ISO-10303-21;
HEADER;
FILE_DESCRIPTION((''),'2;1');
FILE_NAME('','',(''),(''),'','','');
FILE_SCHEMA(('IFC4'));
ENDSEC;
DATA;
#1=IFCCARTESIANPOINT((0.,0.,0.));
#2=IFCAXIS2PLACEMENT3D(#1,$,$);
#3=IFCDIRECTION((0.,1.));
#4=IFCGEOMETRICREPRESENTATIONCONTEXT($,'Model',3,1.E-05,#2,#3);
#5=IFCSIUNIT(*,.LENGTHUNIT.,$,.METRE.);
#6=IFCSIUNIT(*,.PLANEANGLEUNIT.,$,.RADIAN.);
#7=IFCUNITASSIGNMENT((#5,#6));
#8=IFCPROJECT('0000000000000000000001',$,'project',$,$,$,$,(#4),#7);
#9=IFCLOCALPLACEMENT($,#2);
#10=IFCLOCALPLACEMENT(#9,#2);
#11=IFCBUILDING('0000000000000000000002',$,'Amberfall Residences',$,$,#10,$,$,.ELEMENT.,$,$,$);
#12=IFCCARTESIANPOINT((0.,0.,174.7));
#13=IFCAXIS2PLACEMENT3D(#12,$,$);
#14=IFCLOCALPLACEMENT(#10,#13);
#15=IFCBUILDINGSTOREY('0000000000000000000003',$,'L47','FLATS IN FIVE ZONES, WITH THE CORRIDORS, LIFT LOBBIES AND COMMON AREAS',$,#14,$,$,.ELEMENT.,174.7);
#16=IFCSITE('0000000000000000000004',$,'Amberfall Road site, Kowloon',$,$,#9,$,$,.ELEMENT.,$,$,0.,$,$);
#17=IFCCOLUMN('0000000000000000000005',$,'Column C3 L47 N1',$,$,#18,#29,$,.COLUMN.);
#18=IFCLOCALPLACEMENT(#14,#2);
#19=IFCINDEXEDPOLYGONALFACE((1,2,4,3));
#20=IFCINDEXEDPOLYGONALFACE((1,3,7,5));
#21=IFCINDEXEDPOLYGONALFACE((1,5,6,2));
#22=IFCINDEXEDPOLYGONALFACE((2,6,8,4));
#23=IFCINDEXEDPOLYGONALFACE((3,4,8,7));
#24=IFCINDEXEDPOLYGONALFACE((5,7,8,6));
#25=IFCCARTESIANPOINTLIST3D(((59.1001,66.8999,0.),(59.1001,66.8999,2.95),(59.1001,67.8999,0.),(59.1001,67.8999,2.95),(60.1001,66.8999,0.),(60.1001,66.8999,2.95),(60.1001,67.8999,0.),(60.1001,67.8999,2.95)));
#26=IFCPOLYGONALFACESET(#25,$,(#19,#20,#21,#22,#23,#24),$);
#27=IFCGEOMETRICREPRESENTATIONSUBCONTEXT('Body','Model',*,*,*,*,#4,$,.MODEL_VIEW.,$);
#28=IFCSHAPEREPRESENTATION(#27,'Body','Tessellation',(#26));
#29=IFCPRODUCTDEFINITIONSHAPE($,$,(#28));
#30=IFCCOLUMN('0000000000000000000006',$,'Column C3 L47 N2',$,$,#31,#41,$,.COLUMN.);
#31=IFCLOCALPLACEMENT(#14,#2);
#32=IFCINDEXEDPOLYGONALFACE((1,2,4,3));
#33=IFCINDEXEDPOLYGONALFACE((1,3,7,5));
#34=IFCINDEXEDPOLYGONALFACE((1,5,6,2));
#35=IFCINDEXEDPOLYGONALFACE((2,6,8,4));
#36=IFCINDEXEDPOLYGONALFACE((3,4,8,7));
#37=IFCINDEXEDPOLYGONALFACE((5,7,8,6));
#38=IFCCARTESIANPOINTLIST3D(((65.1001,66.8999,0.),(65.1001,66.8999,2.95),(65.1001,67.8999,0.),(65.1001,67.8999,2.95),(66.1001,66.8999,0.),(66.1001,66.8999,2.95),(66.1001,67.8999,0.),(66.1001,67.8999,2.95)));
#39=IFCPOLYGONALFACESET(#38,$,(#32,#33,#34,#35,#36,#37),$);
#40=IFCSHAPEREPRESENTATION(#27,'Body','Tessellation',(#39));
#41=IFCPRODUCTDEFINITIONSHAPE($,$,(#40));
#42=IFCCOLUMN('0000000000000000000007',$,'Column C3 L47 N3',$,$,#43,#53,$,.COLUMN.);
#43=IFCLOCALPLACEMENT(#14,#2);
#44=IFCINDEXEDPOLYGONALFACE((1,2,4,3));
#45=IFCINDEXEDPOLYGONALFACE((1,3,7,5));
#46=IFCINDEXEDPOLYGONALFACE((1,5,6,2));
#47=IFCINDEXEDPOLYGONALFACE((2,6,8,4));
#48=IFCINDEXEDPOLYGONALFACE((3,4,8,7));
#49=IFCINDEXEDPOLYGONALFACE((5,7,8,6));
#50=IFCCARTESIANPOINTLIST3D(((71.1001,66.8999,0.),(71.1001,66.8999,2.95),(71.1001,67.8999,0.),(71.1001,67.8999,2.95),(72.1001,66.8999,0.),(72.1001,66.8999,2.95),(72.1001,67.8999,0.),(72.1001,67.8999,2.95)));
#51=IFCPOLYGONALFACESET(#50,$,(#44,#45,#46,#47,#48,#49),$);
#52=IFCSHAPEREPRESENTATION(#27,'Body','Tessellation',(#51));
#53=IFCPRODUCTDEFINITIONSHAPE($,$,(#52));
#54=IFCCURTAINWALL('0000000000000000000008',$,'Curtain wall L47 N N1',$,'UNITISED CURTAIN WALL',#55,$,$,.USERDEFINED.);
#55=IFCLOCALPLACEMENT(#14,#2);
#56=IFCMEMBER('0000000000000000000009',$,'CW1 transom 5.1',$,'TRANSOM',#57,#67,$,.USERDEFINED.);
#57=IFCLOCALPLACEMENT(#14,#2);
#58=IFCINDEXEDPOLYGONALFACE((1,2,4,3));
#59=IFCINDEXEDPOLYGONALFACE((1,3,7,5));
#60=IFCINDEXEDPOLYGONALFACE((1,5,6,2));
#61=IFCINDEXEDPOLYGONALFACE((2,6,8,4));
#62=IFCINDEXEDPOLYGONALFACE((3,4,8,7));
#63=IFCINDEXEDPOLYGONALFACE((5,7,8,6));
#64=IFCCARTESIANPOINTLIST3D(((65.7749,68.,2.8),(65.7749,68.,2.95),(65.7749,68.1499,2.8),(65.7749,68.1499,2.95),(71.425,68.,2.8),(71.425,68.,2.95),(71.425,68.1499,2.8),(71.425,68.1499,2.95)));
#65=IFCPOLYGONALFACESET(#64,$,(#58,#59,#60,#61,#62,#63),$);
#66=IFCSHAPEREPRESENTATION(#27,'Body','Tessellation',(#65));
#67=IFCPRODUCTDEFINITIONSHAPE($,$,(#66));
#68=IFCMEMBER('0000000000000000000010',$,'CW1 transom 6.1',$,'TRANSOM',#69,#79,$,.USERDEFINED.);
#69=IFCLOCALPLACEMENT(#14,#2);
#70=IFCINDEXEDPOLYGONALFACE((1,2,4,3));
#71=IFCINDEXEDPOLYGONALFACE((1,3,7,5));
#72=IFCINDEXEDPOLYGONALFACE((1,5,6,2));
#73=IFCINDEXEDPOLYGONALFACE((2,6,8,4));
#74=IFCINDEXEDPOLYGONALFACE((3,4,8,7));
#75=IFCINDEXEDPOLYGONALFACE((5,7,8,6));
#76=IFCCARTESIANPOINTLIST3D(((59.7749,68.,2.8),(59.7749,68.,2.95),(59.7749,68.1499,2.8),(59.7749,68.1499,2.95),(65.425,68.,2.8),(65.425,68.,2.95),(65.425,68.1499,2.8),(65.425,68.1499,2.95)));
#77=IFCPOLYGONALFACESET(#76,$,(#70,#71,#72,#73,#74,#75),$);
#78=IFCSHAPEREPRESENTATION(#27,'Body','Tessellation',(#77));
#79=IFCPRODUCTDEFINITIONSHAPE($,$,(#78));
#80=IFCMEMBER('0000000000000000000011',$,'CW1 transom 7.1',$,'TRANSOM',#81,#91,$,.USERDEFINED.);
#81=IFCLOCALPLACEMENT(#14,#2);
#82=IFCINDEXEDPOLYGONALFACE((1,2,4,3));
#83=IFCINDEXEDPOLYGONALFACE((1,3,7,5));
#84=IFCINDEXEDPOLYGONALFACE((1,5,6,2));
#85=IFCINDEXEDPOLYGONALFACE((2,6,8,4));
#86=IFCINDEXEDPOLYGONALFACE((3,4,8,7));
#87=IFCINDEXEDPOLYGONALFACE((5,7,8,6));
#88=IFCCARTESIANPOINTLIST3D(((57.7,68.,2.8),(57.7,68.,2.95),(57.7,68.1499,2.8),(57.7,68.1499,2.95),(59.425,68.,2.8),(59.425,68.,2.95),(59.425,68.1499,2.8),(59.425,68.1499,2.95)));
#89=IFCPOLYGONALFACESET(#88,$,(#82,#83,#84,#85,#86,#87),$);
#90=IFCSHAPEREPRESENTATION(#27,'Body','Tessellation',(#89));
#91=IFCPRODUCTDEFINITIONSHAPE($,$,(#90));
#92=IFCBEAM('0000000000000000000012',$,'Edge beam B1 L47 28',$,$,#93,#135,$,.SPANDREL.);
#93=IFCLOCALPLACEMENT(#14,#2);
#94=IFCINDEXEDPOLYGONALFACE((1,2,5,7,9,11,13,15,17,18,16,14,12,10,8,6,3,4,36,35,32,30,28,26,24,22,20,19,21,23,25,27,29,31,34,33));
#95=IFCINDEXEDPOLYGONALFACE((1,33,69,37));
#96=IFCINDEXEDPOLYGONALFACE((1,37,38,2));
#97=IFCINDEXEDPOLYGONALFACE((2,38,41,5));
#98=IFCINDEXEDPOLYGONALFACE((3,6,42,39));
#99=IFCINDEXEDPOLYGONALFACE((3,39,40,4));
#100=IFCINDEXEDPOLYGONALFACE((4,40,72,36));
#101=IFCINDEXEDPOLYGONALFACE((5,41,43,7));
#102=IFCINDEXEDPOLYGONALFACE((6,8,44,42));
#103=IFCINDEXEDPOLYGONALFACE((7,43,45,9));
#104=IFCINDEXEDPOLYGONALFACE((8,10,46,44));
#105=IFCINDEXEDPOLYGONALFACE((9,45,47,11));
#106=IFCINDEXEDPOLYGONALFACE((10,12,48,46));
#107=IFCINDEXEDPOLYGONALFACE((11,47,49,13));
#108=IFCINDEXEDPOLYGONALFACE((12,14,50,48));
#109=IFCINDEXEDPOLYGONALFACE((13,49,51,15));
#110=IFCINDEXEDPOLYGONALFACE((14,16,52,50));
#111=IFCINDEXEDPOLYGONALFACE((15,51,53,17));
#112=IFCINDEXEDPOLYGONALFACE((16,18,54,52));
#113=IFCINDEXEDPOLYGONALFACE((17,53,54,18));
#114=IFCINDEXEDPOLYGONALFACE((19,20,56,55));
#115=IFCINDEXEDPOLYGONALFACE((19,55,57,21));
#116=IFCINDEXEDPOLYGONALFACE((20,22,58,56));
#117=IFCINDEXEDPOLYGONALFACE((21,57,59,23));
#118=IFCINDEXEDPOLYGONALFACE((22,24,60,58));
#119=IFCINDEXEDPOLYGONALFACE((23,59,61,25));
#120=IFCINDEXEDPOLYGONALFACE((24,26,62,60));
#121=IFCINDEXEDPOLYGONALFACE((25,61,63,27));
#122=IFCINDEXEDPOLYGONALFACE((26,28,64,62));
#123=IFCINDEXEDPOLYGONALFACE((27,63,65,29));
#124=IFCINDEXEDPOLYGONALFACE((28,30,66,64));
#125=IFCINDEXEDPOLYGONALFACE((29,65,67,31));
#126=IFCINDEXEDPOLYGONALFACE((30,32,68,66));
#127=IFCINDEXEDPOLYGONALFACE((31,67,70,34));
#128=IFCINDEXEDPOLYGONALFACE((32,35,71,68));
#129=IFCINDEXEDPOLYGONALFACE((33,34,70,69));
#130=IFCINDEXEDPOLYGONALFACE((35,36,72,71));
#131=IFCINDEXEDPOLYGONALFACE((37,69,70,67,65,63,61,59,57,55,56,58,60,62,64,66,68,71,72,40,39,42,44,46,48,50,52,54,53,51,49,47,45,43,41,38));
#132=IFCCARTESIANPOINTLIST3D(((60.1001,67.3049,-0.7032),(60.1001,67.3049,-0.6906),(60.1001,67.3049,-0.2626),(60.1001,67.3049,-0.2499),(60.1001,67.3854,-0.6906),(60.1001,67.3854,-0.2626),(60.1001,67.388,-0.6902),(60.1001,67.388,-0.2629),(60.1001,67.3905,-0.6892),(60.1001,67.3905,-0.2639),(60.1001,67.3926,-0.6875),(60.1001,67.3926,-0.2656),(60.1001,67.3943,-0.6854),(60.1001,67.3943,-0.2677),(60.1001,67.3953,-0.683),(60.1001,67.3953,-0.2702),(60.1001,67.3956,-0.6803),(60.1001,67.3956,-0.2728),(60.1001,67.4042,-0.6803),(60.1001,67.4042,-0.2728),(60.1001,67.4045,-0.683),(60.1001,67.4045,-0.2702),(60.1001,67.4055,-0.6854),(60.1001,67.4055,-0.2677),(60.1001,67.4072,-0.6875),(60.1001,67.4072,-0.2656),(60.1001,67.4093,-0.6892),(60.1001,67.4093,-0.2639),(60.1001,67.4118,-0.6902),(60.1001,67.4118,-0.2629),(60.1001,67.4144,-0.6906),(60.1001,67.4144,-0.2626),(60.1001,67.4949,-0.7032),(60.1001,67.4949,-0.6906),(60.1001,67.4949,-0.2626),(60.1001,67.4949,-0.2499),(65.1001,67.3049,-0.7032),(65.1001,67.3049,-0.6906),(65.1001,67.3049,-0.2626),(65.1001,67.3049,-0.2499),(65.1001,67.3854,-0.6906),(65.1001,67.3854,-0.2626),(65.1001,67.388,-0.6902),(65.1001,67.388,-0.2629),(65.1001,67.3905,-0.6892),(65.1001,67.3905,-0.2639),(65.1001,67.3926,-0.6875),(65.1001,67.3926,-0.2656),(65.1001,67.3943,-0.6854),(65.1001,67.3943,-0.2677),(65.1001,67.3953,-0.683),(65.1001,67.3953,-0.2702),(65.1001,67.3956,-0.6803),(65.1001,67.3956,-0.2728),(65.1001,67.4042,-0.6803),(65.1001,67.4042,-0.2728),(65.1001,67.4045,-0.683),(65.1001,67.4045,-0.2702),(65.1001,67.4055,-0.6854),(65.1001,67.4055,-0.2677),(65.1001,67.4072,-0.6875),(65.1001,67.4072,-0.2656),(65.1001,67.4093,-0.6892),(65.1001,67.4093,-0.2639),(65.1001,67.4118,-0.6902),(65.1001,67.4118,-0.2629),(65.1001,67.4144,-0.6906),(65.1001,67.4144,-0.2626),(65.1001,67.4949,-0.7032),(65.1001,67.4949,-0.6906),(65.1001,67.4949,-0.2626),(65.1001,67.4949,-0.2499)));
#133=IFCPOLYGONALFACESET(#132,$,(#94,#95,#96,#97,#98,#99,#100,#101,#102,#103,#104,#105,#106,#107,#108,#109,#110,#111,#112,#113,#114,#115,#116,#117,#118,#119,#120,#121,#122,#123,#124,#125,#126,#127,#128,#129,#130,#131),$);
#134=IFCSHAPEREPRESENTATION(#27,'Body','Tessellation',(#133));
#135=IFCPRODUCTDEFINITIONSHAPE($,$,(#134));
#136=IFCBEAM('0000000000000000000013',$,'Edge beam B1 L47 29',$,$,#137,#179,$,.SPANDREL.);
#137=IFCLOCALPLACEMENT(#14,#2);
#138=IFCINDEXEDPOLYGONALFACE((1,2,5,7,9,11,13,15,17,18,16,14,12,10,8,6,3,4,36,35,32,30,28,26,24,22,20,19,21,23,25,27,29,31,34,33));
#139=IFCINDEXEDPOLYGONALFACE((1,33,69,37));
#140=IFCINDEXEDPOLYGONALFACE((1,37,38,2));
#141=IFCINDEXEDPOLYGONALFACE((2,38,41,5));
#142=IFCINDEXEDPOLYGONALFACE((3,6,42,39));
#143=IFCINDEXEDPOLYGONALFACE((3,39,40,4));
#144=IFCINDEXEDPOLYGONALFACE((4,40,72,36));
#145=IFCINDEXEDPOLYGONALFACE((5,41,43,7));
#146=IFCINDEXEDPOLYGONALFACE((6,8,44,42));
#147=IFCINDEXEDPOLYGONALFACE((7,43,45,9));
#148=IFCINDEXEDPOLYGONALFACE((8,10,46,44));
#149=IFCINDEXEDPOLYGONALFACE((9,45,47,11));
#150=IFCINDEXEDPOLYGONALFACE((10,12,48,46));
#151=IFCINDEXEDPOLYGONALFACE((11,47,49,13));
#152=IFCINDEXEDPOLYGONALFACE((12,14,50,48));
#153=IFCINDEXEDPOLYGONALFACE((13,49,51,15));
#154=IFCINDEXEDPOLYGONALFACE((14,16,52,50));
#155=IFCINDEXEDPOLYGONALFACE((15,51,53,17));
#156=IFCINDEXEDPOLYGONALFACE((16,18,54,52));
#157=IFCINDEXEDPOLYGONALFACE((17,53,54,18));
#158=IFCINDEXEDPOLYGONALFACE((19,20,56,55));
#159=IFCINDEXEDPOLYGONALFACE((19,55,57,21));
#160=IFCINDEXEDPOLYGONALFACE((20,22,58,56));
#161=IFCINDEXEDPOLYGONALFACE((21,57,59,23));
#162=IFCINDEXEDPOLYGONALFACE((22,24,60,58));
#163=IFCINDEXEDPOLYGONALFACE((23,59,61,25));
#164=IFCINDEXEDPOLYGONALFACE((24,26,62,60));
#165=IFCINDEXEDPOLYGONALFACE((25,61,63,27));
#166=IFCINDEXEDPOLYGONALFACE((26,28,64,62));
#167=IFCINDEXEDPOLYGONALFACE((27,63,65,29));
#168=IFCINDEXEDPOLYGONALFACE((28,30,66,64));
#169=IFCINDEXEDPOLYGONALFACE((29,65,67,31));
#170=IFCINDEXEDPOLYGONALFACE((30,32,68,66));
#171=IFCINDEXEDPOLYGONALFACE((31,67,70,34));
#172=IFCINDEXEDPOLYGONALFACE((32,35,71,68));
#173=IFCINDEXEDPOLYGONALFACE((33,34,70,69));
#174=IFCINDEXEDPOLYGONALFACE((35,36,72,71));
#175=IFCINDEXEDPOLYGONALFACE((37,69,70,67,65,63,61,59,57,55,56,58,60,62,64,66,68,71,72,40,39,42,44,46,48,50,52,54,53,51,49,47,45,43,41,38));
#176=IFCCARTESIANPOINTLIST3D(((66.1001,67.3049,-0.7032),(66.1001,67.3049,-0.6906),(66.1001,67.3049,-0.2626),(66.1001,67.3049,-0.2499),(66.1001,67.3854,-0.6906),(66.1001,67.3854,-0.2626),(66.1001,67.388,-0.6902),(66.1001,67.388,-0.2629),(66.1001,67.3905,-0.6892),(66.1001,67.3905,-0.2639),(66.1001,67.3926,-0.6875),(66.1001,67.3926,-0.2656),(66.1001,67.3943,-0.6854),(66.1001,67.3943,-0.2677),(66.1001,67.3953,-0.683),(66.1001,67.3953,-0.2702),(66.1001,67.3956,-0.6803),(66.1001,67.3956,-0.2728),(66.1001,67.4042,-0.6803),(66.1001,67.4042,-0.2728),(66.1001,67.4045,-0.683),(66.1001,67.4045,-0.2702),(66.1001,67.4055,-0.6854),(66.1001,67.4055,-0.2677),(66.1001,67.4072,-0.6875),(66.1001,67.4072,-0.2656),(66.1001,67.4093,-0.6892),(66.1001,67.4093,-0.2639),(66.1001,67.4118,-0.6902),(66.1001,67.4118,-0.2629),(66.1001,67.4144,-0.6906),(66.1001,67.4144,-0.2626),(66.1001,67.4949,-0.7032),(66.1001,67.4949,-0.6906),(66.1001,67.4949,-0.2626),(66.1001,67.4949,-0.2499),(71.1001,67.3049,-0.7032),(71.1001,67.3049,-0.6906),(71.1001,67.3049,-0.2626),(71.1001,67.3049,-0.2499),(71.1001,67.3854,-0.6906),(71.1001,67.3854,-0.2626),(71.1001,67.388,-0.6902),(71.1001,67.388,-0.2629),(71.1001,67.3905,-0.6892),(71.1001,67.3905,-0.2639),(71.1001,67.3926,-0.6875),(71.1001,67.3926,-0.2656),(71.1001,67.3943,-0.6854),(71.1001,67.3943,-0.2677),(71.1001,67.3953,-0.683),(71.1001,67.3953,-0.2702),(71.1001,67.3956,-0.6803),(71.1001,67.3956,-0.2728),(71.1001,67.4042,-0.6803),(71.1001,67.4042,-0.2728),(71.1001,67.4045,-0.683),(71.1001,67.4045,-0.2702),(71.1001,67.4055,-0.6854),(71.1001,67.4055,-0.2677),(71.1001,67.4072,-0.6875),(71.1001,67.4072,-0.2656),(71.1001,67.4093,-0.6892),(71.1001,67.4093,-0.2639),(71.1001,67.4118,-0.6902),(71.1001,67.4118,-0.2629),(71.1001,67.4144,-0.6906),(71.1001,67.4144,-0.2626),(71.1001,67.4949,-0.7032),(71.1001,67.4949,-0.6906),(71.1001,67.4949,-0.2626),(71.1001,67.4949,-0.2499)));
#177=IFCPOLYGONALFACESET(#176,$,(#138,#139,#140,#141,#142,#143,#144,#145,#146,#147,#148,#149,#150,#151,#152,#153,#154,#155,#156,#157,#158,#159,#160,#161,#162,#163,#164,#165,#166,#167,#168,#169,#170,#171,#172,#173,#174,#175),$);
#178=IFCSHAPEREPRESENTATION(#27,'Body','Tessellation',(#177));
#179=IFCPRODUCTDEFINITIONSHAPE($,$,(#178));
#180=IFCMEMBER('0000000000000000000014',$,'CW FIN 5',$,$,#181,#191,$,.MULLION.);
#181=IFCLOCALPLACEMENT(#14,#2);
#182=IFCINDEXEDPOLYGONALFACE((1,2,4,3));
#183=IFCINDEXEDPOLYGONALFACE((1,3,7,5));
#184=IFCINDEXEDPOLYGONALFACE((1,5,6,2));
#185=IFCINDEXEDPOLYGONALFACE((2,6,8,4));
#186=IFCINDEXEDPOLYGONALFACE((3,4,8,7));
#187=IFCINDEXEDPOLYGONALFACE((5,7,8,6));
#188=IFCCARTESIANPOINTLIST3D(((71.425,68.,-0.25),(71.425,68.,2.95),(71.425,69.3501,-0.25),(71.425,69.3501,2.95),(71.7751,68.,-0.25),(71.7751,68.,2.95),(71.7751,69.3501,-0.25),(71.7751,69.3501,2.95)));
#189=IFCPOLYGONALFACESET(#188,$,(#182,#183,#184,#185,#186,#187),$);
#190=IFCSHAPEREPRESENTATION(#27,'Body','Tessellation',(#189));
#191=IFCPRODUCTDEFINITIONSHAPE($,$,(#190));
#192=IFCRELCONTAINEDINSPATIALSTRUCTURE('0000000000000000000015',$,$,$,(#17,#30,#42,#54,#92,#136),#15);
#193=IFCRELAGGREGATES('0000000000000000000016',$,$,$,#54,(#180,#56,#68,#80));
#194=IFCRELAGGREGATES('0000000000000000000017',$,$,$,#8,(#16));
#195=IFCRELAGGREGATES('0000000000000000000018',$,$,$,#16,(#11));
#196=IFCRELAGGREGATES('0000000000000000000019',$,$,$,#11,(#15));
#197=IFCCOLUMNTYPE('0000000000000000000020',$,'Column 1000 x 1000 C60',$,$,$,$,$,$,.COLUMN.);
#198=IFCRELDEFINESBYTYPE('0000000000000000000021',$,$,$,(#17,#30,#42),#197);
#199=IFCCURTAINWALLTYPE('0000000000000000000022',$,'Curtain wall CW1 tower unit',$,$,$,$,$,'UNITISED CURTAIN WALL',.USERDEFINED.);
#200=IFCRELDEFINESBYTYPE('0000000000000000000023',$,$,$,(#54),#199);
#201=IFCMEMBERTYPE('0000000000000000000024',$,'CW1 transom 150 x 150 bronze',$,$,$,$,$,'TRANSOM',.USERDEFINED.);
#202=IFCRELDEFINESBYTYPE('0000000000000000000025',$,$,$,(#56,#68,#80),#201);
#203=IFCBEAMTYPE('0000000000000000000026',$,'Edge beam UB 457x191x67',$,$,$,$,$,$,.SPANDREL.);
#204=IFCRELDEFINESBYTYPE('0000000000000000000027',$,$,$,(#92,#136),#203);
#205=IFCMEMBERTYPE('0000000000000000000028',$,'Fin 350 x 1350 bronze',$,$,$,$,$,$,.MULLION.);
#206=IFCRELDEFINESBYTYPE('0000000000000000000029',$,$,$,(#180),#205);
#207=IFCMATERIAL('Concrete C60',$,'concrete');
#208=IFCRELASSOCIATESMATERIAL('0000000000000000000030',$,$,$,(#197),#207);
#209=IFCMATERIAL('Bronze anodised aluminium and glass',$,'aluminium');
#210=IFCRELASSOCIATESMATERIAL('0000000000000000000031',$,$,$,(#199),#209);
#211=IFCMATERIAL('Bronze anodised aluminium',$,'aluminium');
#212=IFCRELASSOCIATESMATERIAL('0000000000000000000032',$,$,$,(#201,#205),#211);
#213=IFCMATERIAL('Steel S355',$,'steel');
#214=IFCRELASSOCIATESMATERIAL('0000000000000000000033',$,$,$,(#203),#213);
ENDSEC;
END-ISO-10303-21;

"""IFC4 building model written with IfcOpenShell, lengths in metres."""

from ifc_helpers import new_model, si_unit, direction, frame, origin, origin_2d, place, context, subcontext, project, spatial, rectangle, i_section, extrude, material, material_profile, profile_set, type_object, element, aggregate, save


model = new_model("IFC4")

# Units and contexts
model_context = context("Model", 3, precision=1e-05, world=origin(), true_north=direction((0.0, 1.0)))
body_context = subcontext(model_context, "Body", "Model", "MODEL_VIEW")
ifc_project = project(units=[si_unit("LENGTHUNIT", "METRE"), si_unit("PLANEANGLEUNIT", "RADIAN")], contexts=[model_context])

# Site, building, storey
site_placement = place(None, origin())
site = spatial("IfcSite", under=ifc_project, at=site_placement, Name="Amberfall Road site, Kowloon", CompositionType="ELEMENT", RefElevation=0.0)
building_placement = place(site_placement, origin())
building = spatial("IfcBuilding", under=site, at=building_placement, Name="Amberfall Residences", CompositionType="ELEMENT")
storey_placement = place(building_placement, frame((0.0, 0.0, 174.7)))
storey = spatial("IfcBuildingStorey", under=building, at=storey_placement, Name="L47", Description="FLATS IN FIVE ZONES, WITH THE CORRIDORS, LIFT LOBBIES AND COMMON AREAS", CompositionType="ELEMENT", Elevation=174.7)

# Columns
ifc_material_1 = material(Name="Concrete C60", Category="concrete")
ifc_material_profile_1 = material_profile(ifc_material_1, rectangle(XDim=1.0, YDim=1.0, at=origin_2d()), Name="Column 1000 x 1000 C60")
ifc_profile_set_1 = profile_set([ifc_material_profile_1], Name="Concrete C60")
column_type = type_object("IfcColumnType", Name="Column 1000 x 1000 C60", PredefinedType="COLUMN", material=ifc_profile_set_1)
for number, where, z_axis, x_axis, name in (
    (1, (59.6001, 67.3999, 0.0), (0.0, 0.0, 1.0), (1.0, 0.0, 0.0), "Column C3 L47 N1"),
    (2, (65.6001, 67.3999, 0.0), (0.0, 0.0, 1.0), (1.0, 0.0, 0.0), "Column C3 L47 N2"),
    (3, (71.6001, 67.3999, 0.0), (0.0, 0.0, 1.0), (1.0, 0.0, 0.0), "Column C3 L47 N3"),
):
    element("IfcColumn", number, at=place(storey_placement, frame(where, z_axis=z_axis, x_axis=x_axis)), inside=storey, type_object=column_type, Name=name, PredefinedType="COLUMN", context=body_context, shape_type="SweptSolid", body=[
        extrude(rectangle(XDim=1.0, YDim=1.0, at=origin_2d()), origin(), (0.0, 0.0, 1.0), 2.95),
    ])

# Curtain wall, members
ifc_material_2 = material(Name="Bronze anodised aluminium and glass", Category="aluminium")
curtain_wall_type = type_object("IfcCurtainWallType", Name="Curtain wall CW1 tower unit", ElementType="UNITISED CURTAIN WALL", PredefinedType="USERDEFINED", material=ifc_material_2)
curtain_wall_placement = place(storey_placement, origin())
curtain_wall = element("IfcCurtainWall", 4, at=curtain_wall_placement, inside=storey, type_object=curtain_wall_type, Name="Curtain wall L47 N N1", ObjectType="UNITISED CURTAIN WALL", PredefinedType="USERDEFINED")
ifc_material_3 = material(Name="Bronze anodised aluminium", Category="aluminium")
ifc_material_profile_2 = material_profile(ifc_material_3, rectangle(XDim=0.1499, YDim=0.1499, at=origin_2d()), Name="CW1 transom 150 x 150 bronze")
ifc_profile_set_2 = profile_set([ifc_material_profile_2], Name="Bronze anodised aluminium")
member_type_1 = type_object("IfcMemberType", Name="CW1 transom 150 x 150 bronze", ElementType="TRANSOM", PredefinedType="USERDEFINED", material=ifc_profile_set_2)
member_1_placement = place(storey_placement, frame((71.425, 68.075, 2.875), z_axis=(-1.0, 0.0, 0.0), x_axis=(0.0, -1.0, 0.0)))
member_1 = element("IfcMember", 5, at=member_1_placement, type_object=member_type_1, Name="CW1 transom 5.1", ObjectType="TRANSOM", PredefinedType="USERDEFINED", context=body_context, shape_type="SweptSolid", body=[
    extrude(rectangle(XDim=0.1499, YDim=0.1499, at=origin_2d()), origin(), (0.0, 0.0, 1.0), 5.6501),
])
member_2_placement = place(storey_placement, frame((65.425, 68.075, 2.875), z_axis=(-1.0, 0.0, 0.0), x_axis=(0.0, -1.0, 0.0)))
member_2 = element("IfcMember", 6, at=member_2_placement, type_object=member_type_1, Name="CW1 transom 6.1", ObjectType="TRANSOM", PredefinedType="USERDEFINED", context=body_context, shape_type="SweptSolid", body=[
    extrude(rectangle(XDim=0.1499, YDim=0.1499, at=origin_2d()), origin(), (0.0, 0.0, 1.0), 5.6501),
])
member_3_placement = place(storey_placement, frame((59.425, 68.075, 2.875), z_axis=(-1.0, 0.0, 0.0), x_axis=(0.0, -1.0, 0.0)))
member_3 = element("IfcMember", 7, at=member_3_placement, type_object=member_type_1, Name="CW1 transom 7.1", ObjectType="TRANSOM", PredefinedType="USERDEFINED", context=body_context, shape_type="SweptSolid", body=[
    extrude(rectangle(XDim=0.1499, YDim=0.1499, at=origin_2d()), origin(), (0.0, 0.0, 1.0), 1.7251),
])

# Beams
ifc_material_4 = material(Name="Steel S355", Category="steel")
ifc_material_profile_3 = material_profile(ifc_material_4, i_section(OverallWidth=0.1899, OverallDepth=0.4534, WebThickness=0.0085, FlangeThickness=0.0127, FilletRadius=0.0103, at=origin_2d()), Name="UB 457x191x67")
ifc_profile_set_3 = profile_set([ifc_material_profile_3], Name="Steel S355")
beam_type_1 = type_object("IfcBeamType", Name="Edge beam UB 457x191x67", PredefinedType="SPANDREL", material=ifc_profile_set_3)
for number, where, z_axis, x_axis, name in (
    (8, (60.1001, 67.3999, -0.4766), (1.0, 0.0, 0.0), (0.0, 1.0, 0.0), "Edge beam B1 L47 28"),
    (9, (66.1001, 67.3999, -0.4766), (1.0, 0.0, 0.0), (0.0, 1.0, 0.0), "Edge beam B1 L47 29"),
):
    element("IfcBeam", number, at=place(storey_placement, frame(where, z_axis=z_axis, x_axis=x_axis)), inside=storey, type_object=beam_type_1, Name=name, PredefinedType="SPANDREL", context=body_context, shape_type="SweptSolid", body=[
        extrude(i_section(OverallWidth=0.1899, OverallDepth=0.4534, WebThickness=0.0085, FlangeThickness=0.0127, FilletRadius=0.0103, at=origin_2d()), origin(), (0.0, 0.0, 1.0), 5.0),
    ])

# Member
ifc_material_profile_4 = material_profile(ifc_material_3, rectangle(XDim=1.3501, YDim=0.3501, at=origin_2d()), Name="Fin 350 x 1350 bronze")
ifc_profile_set_4 = profile_set([ifc_material_profile_4], Name="Bronze anodised aluminium")
member_type_2 = type_object("IfcMemberType", Name="Fin 350 x 1350 bronze", PredefinedType="MULLION", material=ifc_profile_set_4)
member_4_placement = place(storey_placement, frame((71.6001, 68.675, -0.25), z_axis=(0.0, 0.0, 1.0), x_axis=(0.0, -1.0, 0.0)))
member_4 = element("IfcMember", 10, at=member_4_placement, type_object=member_type_2, Name="CW FIN 5", PredefinedType="MULLION", context=body_context, shape_type="SweptSolid", body=[
    extrude(rectangle(XDim=1.3501, YDim=0.3501, at=origin_2d()), origin(), (0.0, 0.0, 1.0), 3.2),
])

aggregate(curtain_wall, [member_4, member_1, member_2, member_3])

save(model, "model.ifc")
